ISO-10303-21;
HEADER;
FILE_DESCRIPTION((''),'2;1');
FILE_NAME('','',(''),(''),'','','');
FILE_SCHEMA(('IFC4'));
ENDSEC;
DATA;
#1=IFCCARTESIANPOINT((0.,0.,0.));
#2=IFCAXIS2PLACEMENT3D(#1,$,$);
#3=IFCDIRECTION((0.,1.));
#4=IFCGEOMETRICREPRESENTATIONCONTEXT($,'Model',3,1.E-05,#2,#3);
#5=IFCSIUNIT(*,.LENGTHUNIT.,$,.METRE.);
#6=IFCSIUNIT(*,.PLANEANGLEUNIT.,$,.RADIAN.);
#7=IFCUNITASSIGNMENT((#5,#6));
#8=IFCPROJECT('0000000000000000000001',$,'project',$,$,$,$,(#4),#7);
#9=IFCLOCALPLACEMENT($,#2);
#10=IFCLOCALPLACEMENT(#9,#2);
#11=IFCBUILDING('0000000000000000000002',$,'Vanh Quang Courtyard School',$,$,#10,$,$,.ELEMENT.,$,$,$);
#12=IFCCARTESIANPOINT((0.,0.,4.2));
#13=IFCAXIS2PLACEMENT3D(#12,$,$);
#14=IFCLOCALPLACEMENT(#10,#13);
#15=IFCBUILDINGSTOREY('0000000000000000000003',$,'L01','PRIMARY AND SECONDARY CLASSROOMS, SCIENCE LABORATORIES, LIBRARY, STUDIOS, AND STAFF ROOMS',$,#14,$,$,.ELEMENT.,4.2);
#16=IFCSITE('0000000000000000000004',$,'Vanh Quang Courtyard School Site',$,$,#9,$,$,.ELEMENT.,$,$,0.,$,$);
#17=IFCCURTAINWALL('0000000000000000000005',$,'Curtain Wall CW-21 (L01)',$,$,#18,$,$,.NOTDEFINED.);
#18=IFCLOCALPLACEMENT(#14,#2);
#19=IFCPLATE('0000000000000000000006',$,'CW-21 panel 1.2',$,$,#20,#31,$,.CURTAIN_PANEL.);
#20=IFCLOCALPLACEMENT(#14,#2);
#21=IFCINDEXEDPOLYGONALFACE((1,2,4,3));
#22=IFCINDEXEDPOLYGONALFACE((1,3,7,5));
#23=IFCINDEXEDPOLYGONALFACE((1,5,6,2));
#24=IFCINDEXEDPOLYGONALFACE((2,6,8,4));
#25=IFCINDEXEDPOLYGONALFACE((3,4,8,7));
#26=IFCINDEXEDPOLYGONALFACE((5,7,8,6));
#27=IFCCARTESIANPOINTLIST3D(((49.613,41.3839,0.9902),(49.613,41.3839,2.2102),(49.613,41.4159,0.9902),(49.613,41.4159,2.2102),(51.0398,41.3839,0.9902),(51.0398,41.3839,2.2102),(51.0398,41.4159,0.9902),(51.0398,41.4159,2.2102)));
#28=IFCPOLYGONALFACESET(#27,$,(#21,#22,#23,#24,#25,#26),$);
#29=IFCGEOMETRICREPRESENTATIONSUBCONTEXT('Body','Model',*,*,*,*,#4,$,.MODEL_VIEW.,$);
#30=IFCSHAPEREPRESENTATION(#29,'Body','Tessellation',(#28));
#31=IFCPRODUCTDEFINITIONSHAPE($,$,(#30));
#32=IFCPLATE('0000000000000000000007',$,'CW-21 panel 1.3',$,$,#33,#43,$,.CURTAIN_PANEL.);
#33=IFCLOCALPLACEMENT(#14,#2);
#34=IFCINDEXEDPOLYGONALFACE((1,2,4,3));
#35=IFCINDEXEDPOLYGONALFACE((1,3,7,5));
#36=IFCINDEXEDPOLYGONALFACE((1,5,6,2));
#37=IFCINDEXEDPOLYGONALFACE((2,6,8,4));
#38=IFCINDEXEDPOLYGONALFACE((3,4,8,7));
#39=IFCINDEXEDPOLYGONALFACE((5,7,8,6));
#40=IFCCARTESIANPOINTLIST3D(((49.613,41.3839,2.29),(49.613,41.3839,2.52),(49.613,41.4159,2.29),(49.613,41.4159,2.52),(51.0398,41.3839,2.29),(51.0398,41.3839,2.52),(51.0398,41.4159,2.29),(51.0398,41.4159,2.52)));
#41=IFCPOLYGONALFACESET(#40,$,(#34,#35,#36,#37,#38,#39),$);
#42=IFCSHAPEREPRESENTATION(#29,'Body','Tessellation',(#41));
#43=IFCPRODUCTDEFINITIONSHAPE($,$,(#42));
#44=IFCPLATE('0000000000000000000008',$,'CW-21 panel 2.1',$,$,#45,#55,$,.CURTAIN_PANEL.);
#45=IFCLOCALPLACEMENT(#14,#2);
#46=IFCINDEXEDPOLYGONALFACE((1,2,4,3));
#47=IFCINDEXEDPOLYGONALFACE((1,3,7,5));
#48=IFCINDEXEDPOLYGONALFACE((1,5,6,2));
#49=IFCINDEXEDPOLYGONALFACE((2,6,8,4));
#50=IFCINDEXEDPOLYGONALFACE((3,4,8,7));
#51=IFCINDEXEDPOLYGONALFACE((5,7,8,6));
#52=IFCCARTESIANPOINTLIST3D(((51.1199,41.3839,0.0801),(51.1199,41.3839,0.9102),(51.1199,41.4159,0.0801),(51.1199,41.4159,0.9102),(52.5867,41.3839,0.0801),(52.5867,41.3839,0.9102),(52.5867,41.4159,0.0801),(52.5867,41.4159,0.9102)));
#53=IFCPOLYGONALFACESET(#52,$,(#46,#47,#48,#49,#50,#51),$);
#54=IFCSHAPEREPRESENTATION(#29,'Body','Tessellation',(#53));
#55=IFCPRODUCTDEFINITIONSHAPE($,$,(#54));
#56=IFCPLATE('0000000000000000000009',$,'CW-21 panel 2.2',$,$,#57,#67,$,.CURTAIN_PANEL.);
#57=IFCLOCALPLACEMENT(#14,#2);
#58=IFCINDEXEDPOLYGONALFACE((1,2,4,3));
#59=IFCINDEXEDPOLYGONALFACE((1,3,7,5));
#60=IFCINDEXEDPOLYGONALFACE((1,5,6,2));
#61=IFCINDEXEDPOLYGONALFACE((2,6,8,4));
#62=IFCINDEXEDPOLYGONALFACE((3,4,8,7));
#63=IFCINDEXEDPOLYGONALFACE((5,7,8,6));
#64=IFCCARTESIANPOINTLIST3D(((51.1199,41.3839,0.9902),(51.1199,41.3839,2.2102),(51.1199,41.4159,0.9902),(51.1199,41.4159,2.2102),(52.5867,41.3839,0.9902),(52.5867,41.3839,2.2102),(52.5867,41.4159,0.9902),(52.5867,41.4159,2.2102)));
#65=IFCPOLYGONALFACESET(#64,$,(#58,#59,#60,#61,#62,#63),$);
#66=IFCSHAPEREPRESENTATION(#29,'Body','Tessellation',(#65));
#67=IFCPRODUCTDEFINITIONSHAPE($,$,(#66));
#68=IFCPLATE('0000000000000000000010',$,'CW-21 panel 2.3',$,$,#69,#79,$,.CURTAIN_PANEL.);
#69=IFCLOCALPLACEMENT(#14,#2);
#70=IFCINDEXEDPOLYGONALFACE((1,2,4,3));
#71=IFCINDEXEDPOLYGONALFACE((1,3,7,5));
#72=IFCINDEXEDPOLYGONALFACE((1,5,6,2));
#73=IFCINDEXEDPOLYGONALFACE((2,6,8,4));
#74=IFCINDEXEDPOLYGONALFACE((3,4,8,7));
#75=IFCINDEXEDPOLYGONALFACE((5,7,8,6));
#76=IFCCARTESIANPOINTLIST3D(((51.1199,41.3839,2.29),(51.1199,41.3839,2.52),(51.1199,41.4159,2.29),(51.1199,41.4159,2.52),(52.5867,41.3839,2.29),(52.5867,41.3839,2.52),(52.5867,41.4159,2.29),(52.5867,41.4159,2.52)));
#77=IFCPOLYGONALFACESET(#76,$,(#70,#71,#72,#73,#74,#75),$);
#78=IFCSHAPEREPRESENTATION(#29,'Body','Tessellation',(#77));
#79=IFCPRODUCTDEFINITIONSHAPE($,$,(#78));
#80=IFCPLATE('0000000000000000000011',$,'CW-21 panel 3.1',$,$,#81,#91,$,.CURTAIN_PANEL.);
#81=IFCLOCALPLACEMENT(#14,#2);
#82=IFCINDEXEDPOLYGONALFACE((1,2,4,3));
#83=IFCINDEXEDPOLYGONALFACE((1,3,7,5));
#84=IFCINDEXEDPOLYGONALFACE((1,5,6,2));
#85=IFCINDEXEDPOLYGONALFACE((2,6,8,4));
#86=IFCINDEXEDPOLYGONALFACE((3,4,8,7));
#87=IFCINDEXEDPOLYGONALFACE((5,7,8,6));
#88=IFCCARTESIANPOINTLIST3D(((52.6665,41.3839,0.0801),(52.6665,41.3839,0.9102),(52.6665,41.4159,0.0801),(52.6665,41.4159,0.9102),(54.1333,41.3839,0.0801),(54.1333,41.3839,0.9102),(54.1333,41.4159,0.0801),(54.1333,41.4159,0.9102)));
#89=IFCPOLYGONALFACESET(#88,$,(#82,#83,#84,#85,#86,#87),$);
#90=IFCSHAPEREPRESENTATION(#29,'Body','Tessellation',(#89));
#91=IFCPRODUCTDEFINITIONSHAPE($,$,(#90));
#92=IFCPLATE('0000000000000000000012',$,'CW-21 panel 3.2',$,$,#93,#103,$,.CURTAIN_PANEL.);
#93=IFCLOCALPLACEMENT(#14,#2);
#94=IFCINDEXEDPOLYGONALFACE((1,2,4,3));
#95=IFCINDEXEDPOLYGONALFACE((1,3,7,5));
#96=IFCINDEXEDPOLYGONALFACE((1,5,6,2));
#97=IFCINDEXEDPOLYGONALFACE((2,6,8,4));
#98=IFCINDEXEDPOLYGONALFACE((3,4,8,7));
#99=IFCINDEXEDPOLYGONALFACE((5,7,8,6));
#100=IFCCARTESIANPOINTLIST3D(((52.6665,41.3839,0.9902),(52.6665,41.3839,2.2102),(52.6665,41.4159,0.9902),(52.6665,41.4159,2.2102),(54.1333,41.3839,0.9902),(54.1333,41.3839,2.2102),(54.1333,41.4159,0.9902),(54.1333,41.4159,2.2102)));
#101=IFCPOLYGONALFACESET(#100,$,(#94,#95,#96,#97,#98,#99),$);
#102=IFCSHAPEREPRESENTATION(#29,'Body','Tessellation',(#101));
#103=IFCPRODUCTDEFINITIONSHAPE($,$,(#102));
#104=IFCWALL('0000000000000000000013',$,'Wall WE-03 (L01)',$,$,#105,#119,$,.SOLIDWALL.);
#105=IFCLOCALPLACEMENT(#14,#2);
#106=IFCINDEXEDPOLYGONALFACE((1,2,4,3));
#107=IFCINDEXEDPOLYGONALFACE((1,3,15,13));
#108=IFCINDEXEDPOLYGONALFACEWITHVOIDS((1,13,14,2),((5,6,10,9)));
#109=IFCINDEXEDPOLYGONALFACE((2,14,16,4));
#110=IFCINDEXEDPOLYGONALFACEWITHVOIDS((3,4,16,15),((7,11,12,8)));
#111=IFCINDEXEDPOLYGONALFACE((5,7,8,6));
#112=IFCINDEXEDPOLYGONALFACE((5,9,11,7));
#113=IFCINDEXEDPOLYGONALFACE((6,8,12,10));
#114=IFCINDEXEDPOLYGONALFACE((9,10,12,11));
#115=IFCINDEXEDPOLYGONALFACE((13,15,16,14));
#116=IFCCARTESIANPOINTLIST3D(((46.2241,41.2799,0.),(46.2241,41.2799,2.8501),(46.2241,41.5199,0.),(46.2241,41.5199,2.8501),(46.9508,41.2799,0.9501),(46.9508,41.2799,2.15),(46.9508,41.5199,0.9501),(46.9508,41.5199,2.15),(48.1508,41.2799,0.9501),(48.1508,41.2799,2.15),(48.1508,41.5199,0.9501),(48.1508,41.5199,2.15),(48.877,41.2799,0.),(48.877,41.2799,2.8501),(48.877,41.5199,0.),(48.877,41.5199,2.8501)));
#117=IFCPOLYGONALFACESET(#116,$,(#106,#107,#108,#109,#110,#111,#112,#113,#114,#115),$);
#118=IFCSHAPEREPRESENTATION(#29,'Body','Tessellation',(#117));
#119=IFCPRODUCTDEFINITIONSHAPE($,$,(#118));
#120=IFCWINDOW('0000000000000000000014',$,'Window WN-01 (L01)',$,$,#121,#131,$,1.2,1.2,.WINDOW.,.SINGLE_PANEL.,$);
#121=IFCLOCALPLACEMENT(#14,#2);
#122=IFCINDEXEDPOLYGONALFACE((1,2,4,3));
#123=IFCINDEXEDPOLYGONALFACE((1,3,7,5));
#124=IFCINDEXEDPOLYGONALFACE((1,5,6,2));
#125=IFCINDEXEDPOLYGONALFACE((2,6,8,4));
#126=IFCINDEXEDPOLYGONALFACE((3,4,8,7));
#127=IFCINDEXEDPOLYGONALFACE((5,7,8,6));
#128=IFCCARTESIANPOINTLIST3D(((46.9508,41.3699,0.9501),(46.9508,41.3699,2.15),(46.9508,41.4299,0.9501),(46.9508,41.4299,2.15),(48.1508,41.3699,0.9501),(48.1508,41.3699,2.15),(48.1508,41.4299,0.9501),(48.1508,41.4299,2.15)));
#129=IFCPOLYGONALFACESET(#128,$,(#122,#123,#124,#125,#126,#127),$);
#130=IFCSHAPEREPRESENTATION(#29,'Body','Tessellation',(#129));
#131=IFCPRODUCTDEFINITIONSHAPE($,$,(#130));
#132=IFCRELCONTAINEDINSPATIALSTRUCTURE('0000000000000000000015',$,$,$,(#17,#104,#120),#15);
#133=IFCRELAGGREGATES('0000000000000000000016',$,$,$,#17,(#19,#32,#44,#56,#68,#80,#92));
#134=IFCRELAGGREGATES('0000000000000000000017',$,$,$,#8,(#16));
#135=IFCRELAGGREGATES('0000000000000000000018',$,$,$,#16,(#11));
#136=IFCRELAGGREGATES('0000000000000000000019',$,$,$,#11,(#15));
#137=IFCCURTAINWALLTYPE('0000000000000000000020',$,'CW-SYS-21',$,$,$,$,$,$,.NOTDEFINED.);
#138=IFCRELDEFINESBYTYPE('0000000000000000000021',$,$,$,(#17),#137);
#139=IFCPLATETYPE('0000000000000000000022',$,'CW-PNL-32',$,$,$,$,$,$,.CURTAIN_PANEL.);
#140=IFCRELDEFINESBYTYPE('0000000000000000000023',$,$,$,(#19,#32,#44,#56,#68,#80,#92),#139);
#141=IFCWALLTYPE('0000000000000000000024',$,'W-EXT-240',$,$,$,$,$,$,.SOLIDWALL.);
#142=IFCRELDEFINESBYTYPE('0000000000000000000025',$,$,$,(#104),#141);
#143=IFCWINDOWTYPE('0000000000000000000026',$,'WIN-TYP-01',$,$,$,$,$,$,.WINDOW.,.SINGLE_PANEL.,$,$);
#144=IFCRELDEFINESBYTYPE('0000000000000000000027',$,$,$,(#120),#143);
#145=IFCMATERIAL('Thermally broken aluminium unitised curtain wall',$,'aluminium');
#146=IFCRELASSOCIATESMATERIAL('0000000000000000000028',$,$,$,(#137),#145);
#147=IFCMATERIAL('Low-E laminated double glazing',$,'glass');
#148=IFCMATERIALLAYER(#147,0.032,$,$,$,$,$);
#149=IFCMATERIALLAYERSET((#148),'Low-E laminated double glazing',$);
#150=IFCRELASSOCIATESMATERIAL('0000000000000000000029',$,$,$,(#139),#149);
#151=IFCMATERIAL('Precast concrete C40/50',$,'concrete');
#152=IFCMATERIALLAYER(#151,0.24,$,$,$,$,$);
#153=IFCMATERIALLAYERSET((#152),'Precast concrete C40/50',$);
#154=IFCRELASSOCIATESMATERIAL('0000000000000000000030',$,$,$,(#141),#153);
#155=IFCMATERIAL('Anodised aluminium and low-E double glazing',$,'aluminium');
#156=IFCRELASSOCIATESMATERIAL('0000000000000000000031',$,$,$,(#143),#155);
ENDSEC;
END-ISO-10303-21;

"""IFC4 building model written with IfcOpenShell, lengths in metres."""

from ifc_helpers import new_model, si_unit, direction, frame, frame_2d, origin, origin_2d, place, context, subcontext, project, spatial, rectangle, extrude, material, layer, layer_set, type_object, element, fill, aggregate, save


model = new_model("IFC4")

# Units and contexts
model_context = context("Model", 3, precision=1e-05, world=origin(), true_north=direction((0.0, 1.0)))
body_context = subcontext(model_context, "Body", "Model", "MODEL_VIEW")
ifc_project = project(units=[si_unit("LENGTHUNIT", "METRE"), si_unit("PLANEANGLEUNIT", "RADIAN")], contexts=[model_context])

# Site, building, storey
site_placement = place(None, origin())
site = spatial("IfcSite", under=ifc_project, at=site_placement, Name="Vanh Quang Courtyard School Site", CompositionType="ELEMENT", RefElevation=0.0)
building_placement = place(site_placement, origin())
building = spatial("IfcBuilding", under=site, at=building_placement, Name="Vanh Quang Courtyard School", CompositionType="ELEMENT")
storey_placement = place(building_placement, frame((0.0, 0.0, 4.2)))
storey = spatial("IfcBuildingStorey", under=building, at=storey_placement, Name="L01", Description="PRIMARY AND SECONDARY CLASSROOMS, SCIENCE LABORATORIES, LIBRARY, STUDIOS, AND STAFF ROOMS", CompositionType="ELEMENT", Elevation=4.2)

# Shared definitions
ifc_material_1 = material(Name="Thermally broken aluminium unitised curtain wall", Category="aluminium")

# Curtain wall
curtain_wall_type_1 = type_object("IfcCurtainWallType", Name="CW-SYS-21", PredefinedType="NOTDEFINED", material=ifc_material_1)
curtain_wall_1_placement = place(storey_placement, origin())
curtain_wall_1 = element("IfcCurtainWall", 1, at=curtain_wall_1_placement, inside=storey, type_object=curtain_wall_type_1, Name="Curtain Wall CW-21 (L01)", PredefinedType="NOTDEFINED")

# Plates
ifc_material_2 = material(Name="Low-E laminated double glazing", Category="glass")
ifc_layer_1 = layer(ifc_material_2, 0.032)
ifc_layer_set_1 = layer_set([ifc_layer_1], Name="Low-E laminated double glazing")
plate_type_1 = type_object("IfcPlateType", Name="CW-PNL-32", PredefinedType="CURTAIN_PANEL", material=ifc_layer_set_1)
plate_1_placement = place(storey_placement, frame((50.3264, 41.3999, 0.9902), z_axis=(0.0, 0.0, 1.0), x_axis=(1.0, 0.0, 0.0)))
plate_1 = element("IfcPlate", 2, at=plate_1_placement, type_object=plate_type_1, Name="CW-21 panel 1.2", PredefinedType="CURTAIN_PANEL", context=body_context, shape_type="SweptSolid", body=[
    extrude(rectangle(XDim=1.4268, YDim=0.032, at=origin_2d()), origin(), (0.0, 0.0, 1.0), 1.22),
])
plate_2_placement = place(storey_placement, frame((50.3264, 41.3999, 2.29), z_axis=(0.0, 0.0, 1.0), x_axis=(1.0, 0.0, 0.0)))
plate_2 = element("IfcPlate", 3, at=plate_2_placement, type_object=plate_type_1, Name="CW-21 panel 1.3", PredefinedType="CURTAIN_PANEL", context=body_context, shape_type="SweptSolid", body=[
    extrude(rectangle(XDim=1.4268, YDim=0.032, at=origin_2d()), origin(), (0.0, 0.0, 1.0), 0.23),
])
plate_3_placement = place(storey_placement, frame((51.8533, 41.3999, 0.0801), z_axis=(0.0, 0.0, 1.0), x_axis=(1.0, 0.0, 0.0)))
plate_3 = element("IfcPlate", 4, at=plate_3_placement, type_object=plate_type_1, Name="CW-21 panel 2.1", PredefinedType="CURTAIN_PANEL", context=body_context, shape_type="SweptSolid", body=[
    extrude(rectangle(XDim=1.4668, YDim=0.032, at=origin_2d()), origin(), (0.0, 0.0, 1.0), 0.8301),
])
plate_4_placement = place(storey_placement, frame((51.8533, 41.3999, 0.9902), z_axis=(0.0, 0.0, 1.0), x_axis=(1.0, 0.0, 0.0)))
plate_4 = element("IfcPlate", 5, at=plate_4_placement, type_object=plate_type_1, Name="CW-21 panel 2.2", PredefinedType="CURTAIN_PANEL", context=body_context, shape_type="SweptSolid", body=[
    extrude(rectangle(XDim=1.4668, YDim=0.032, at=origin_2d()), origin(), (0.0, 0.0, 1.0), 1.22),
])
plate_5_placement = place(storey_placement, frame((51.8533, 41.3999, 2.29), z_axis=(0.0, 0.0, 1.0), x_axis=(1.0, 0.0, 0.0)))
plate_5 = element("IfcPlate", 6, at=plate_5_placement, type_object=plate_type_1, Name="CW-21 panel 2.3", PredefinedType="CURTAIN_PANEL", context=body_context, shape_type="SweptSolid", body=[
    extrude(rectangle(XDim=1.4668, YDim=0.032, at=origin_2d()), origin(), (0.0, 0.0, 1.0), 0.23),
])
plate_6_placement = place(storey_placement, frame((53.3999, 41.3999, 0.0801), z_axis=(0.0, 0.0, 1.0), x_axis=(1.0, 0.0, 0.0)))
plate_6 = element("IfcPlate", 7, at=plate_6_placement, type_object=plate_type_1, Name="CW-21 panel 3.1", PredefinedType="CURTAIN_PANEL", context=body_context, shape_type="SweptSolid", body=[
    extrude(rectangle(XDim=1.4668, YDim=0.032, at=origin_2d()), origin(), (0.0, 0.0, 1.0), 0.8301),
])
plate_7_placement = place(storey_placement, frame((53.3999, 41.3999, 0.9902), z_axis=(0.0, 0.0, 1.0), x_axis=(1.0, 0.0, 0.0)))
plate_7 = element("IfcPlate", 8, at=plate_7_placement, type_object=plate_type_1, Name="CW-21 panel 3.2", PredefinedType="CURTAIN_PANEL", context=body_context, shape_type="SweptSolid", body=[
    extrude(rectangle(XDim=1.4668, YDim=0.032, at=origin_2d()), origin(), (0.0, 0.0, 1.0), 1.22),
])
aggregate(curtain_wall_1, [plate_1, plate_2, plate_3, plate_4, plate_5, plate_6, plate_7])

# Wall, opening, window
ifc_material_3 = material(Name="Precast concrete C40/50", Category="concrete")
ifc_layer_2 = layer(ifc_material_3, 0.24)
ifc_layer_set_2 = layer_set([ifc_layer_2], Name="Precast concrete C40/50")
wall_type = type_object("IfcWallType", Name="W-EXT-240", PredefinedType="SOLIDWALL", material=ifc_layer_set_2)
wall_placement = place(storey_placement, frame((46.2241, 41.3999, 0.0), z_axis=(0.0, 0.0, 1.0), x_axis=(1.0, 0.0, 0.0)))
wall = element("IfcWall", 9, at=wall_placement, inside=storey, type_object=wall_type, Name="Wall WE-03 (L01)", PredefinedType="SOLIDWALL", context=body_context, shape_type="SweptSolid", body=[
    extrude(rectangle(XDim=2.6528, YDim=0.24, at=frame_2d((1.3264, 0.0))), origin(), (0.0, 0.0, 1.0), 2.8501),
])
opening_placement = place(wall_placement, frame((0.7266, 0.0, 0.95)))
opening = element("IfcOpeningElement", 10, at=opening_placement, cuts=wall, PredefinedType="OPENING", context=body_context, shape_type="SweptSolid", body=[
    extrude(rectangle(XDim=1.2, YDim=1.2, at=frame_2d((0.6001, 0.6001))), frame((0.0, 0.1299, 0.0), z_axis=(0.0, -1.0, 0.0), x_axis=(1.0, 0.0, 0.0)), (0.0, 0.0, 1.0), 0.26),
])
ifc_material_4 = material(Name="Anodised aluminium and low-E double glazing", Category="aluminium")
window_type = type_object("IfcWindowType", Name="WIN-TYP-01", PartitioningType="SINGLE_PANEL", PredefinedType="WINDOW", material=ifc_material_4)
window_placement = place(opening_placement, origin())
window = element("IfcWindow", 11, at=window_placement, inside=storey, type_object=window_type, Name="Window WN-01 (L01)", OverallHeight=1.2, OverallWidth=1.2, PartitioningType="SINGLE_PANEL", PredefinedType="WINDOW", context=body_context, shape_type="SweptSolid", body=[
    extrude(rectangle(XDim=1.2, YDim=1.2, at=frame_2d((0.6001, 0.6001))), frame((0.0, 0.03, 0.0), z_axis=(0.0, -1.0, 0.0), x_axis=(1.0, 0.0, 0.0)), (0.0, 0.0, 1.0), 0.0601),
])
fill(opening, window)

save(model, "model.ifc")
